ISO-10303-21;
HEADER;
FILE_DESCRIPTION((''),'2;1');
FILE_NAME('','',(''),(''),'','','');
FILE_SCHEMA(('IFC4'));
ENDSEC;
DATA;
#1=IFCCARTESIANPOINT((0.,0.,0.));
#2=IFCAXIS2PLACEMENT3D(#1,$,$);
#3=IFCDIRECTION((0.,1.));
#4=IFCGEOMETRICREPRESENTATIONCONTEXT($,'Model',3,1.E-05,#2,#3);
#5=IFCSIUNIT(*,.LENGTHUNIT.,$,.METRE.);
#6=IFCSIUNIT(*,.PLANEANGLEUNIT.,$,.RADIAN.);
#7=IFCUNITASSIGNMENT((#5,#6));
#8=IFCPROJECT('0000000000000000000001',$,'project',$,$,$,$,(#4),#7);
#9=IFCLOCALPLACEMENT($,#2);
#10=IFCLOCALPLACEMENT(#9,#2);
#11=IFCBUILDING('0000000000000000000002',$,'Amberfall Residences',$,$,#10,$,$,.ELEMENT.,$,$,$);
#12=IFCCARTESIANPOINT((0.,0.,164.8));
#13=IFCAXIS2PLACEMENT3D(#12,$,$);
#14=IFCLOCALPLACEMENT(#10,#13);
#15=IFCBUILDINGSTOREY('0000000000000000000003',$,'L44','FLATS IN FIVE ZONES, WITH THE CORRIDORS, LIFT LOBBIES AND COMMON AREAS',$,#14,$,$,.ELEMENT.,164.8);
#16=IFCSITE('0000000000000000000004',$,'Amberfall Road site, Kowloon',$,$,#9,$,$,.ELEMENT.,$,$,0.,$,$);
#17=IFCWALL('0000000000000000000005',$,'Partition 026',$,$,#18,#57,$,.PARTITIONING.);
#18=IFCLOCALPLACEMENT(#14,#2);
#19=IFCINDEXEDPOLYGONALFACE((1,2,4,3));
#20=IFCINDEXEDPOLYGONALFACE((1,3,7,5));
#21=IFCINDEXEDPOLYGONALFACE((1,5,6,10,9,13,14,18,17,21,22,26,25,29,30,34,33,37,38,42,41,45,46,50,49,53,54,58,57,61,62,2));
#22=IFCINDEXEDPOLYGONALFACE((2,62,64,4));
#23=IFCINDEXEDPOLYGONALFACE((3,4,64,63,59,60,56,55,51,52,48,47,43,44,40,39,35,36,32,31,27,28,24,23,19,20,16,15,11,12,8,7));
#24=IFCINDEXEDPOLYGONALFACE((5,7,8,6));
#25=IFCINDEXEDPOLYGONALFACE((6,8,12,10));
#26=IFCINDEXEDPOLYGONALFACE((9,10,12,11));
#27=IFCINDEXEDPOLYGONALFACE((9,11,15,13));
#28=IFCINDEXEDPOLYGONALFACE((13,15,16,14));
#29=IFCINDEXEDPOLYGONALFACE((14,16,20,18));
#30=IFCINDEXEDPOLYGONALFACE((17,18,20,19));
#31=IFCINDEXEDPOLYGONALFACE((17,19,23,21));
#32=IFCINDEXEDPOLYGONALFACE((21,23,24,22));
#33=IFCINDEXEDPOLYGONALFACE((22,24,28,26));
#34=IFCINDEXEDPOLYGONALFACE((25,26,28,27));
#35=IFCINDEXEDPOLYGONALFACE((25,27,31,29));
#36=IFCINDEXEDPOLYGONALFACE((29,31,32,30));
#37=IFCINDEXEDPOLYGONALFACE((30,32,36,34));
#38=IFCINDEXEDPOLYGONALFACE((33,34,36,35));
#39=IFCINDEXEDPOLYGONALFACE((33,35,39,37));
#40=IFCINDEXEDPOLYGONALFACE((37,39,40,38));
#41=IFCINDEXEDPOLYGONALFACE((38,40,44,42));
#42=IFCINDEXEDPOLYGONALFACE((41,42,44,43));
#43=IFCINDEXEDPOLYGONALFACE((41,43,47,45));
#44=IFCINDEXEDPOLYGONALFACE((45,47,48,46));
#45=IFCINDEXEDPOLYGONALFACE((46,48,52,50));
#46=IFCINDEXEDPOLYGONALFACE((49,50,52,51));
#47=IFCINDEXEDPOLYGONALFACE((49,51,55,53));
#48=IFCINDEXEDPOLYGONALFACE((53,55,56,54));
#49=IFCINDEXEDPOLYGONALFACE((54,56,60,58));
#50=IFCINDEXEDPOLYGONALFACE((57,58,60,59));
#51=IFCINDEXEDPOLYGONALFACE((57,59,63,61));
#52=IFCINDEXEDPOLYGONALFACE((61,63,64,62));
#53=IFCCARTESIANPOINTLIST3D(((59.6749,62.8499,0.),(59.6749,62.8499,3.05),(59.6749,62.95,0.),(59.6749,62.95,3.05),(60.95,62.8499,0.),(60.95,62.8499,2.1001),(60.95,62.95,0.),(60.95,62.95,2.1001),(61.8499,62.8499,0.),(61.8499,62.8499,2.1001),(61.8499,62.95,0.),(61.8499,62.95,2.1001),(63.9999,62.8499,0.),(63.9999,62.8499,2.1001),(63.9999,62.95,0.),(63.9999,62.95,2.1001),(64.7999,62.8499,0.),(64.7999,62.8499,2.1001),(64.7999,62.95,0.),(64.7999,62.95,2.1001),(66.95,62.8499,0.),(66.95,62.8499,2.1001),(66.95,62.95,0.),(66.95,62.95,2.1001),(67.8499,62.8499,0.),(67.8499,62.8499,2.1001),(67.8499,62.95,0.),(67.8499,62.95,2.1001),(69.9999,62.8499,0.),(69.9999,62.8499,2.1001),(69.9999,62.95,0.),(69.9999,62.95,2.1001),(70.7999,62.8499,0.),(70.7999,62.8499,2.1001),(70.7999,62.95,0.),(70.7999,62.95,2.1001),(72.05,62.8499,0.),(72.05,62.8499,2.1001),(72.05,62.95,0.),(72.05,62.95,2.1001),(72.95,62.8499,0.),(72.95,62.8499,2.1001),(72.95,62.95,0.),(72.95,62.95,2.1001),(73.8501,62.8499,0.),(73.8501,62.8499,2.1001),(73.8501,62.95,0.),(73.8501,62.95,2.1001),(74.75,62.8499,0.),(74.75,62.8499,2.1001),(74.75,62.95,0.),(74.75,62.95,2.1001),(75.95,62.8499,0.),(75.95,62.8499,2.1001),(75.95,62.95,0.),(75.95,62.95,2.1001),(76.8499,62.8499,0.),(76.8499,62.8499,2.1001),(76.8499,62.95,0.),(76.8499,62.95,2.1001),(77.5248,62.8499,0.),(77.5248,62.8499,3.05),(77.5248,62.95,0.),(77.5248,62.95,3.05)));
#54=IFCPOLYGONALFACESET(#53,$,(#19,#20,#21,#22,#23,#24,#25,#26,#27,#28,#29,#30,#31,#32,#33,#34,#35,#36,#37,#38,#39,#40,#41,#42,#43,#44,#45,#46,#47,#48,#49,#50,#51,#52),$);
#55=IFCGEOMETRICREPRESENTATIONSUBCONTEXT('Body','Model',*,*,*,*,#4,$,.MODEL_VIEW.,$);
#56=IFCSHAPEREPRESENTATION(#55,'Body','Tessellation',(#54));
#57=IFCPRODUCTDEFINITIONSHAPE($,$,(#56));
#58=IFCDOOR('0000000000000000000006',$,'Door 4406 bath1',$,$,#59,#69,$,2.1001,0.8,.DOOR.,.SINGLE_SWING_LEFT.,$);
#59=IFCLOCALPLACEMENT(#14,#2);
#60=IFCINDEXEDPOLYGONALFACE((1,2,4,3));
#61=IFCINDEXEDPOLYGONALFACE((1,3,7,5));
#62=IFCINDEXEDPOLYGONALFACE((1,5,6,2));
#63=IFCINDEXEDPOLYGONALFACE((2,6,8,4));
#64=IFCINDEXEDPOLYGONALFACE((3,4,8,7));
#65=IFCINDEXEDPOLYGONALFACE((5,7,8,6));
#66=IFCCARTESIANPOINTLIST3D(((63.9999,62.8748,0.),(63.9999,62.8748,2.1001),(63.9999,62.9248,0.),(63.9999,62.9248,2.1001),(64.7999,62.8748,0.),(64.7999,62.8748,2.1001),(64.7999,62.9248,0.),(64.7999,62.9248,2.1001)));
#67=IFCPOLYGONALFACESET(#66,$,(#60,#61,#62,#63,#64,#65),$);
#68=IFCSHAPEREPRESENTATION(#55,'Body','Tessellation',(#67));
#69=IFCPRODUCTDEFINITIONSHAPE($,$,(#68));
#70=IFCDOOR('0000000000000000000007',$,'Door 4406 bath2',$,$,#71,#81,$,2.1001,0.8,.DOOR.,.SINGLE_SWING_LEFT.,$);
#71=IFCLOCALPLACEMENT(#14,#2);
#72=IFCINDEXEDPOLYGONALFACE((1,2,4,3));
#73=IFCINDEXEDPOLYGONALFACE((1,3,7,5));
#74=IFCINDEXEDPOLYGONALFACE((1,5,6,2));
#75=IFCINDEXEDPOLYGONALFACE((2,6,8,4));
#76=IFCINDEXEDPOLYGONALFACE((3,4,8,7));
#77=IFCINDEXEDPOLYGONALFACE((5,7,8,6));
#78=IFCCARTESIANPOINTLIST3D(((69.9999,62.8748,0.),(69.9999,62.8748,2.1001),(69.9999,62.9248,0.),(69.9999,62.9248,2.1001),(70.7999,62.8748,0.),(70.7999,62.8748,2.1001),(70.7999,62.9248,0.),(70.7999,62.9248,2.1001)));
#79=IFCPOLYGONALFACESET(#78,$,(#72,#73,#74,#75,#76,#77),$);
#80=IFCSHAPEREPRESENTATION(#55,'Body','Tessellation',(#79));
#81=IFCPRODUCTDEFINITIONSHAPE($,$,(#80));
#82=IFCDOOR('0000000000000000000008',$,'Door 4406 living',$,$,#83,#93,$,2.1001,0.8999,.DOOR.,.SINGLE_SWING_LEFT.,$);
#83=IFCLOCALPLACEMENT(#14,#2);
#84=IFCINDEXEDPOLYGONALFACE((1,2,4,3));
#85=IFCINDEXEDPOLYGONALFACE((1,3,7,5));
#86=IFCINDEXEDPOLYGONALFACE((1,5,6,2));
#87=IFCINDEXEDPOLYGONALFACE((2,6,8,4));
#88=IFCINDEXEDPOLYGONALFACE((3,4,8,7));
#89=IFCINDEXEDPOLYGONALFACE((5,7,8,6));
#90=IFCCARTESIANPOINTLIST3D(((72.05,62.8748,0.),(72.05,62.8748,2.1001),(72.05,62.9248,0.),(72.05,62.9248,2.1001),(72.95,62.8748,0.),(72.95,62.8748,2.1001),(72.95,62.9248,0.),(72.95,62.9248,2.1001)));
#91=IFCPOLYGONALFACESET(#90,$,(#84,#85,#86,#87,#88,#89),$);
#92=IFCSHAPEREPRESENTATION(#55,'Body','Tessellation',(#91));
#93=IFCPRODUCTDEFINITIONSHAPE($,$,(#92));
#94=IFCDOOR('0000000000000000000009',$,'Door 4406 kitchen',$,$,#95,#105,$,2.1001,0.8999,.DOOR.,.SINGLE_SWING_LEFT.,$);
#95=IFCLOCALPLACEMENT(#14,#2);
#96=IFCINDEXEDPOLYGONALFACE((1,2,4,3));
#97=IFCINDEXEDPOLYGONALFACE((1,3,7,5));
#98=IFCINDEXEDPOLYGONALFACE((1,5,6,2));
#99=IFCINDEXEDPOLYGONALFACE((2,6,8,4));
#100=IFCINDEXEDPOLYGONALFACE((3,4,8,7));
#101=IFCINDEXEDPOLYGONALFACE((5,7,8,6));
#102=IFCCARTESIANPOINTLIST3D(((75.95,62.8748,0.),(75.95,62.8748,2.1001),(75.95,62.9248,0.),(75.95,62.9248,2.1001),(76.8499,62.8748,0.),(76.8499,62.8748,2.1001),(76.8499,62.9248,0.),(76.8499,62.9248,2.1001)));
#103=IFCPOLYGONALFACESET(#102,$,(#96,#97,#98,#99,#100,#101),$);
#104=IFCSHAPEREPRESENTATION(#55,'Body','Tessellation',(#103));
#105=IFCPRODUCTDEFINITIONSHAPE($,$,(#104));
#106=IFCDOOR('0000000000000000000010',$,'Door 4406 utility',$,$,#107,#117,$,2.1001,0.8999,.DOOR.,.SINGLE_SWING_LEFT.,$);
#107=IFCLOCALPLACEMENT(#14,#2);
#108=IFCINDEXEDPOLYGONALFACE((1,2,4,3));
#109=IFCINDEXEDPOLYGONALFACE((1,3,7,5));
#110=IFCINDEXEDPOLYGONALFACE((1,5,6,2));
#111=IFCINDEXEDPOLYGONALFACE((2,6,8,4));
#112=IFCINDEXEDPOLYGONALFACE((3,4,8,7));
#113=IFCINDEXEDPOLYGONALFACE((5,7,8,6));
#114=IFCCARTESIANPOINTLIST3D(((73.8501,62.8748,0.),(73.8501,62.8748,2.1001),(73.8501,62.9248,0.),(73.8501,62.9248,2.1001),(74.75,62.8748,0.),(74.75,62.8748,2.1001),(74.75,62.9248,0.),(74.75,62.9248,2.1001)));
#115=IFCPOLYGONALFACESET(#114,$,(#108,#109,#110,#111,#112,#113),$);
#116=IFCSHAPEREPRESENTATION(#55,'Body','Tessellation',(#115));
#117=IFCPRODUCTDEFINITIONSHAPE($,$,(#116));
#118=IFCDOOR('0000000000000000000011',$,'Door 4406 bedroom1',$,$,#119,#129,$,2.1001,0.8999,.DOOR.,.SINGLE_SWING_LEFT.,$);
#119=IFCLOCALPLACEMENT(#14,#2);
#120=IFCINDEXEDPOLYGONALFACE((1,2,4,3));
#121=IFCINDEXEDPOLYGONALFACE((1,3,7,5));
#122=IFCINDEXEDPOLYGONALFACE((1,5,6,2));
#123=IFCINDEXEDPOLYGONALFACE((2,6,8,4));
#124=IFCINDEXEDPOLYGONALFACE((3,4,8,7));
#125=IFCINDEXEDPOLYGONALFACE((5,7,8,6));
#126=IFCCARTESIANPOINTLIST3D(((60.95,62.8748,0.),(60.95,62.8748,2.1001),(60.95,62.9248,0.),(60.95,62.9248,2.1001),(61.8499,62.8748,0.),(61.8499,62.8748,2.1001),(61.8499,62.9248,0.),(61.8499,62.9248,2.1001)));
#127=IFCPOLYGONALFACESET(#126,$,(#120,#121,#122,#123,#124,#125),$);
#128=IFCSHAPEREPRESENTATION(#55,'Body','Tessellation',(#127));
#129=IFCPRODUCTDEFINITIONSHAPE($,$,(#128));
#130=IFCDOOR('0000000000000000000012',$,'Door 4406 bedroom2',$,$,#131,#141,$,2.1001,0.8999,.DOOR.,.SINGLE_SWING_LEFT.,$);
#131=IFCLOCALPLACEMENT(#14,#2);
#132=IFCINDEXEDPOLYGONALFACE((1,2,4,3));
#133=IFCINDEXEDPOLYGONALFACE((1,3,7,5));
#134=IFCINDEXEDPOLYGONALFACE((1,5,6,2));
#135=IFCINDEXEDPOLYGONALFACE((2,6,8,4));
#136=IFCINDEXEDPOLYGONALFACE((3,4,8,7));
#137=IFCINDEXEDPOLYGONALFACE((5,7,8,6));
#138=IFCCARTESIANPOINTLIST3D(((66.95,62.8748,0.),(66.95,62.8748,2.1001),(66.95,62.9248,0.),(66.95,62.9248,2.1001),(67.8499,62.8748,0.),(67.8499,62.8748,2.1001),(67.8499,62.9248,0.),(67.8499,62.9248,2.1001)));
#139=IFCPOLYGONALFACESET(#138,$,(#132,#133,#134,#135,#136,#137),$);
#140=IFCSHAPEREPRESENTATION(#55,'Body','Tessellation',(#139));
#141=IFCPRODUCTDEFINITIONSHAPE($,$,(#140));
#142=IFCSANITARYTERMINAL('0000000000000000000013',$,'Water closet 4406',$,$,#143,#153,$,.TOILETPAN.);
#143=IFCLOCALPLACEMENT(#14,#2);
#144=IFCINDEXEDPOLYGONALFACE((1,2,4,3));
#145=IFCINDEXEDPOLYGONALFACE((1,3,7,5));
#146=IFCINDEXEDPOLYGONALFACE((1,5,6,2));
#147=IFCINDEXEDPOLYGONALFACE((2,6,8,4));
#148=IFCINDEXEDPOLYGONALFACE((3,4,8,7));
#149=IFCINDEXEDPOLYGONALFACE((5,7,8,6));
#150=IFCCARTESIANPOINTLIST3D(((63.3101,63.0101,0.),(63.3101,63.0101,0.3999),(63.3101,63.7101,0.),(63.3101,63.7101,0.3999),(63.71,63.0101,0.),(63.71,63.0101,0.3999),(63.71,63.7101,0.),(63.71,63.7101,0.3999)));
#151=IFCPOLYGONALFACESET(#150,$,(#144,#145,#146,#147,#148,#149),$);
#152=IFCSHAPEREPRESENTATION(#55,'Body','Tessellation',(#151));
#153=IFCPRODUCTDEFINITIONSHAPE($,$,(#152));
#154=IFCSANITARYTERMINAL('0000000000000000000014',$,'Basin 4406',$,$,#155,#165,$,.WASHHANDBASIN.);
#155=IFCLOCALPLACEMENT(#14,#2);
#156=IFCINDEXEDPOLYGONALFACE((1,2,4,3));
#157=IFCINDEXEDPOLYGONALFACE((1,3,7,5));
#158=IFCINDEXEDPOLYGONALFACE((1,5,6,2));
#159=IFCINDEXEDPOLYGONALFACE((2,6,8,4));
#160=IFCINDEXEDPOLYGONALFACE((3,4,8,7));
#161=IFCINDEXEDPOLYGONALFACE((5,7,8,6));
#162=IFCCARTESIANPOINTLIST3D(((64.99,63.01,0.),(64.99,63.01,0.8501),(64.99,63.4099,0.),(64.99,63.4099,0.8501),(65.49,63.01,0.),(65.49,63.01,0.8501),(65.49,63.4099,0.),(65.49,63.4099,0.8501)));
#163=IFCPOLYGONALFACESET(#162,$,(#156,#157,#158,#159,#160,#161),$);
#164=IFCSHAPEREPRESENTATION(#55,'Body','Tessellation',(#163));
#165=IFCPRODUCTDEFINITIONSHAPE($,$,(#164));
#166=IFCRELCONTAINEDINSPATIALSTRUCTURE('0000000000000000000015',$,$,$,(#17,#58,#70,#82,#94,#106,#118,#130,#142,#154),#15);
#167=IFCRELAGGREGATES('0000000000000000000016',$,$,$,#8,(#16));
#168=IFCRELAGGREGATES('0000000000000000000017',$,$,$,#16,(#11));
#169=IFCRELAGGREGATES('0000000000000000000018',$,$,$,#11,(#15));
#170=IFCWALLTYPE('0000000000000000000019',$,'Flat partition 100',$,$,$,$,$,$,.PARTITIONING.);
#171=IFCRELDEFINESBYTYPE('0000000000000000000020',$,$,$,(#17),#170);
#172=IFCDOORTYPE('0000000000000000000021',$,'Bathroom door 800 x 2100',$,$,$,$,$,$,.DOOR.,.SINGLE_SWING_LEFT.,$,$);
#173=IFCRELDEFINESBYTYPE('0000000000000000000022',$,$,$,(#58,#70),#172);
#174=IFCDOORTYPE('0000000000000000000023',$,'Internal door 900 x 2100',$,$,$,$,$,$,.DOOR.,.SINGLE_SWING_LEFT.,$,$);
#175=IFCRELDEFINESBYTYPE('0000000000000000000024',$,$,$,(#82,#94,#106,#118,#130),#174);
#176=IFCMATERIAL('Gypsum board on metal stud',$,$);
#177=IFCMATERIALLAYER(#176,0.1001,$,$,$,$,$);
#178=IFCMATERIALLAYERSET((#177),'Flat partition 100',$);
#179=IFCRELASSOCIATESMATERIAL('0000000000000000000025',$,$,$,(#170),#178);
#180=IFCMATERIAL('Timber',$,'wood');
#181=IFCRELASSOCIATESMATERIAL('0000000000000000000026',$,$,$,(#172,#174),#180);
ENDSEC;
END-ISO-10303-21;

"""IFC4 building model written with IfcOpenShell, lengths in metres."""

from ifc_helpers import new_model, si_unit, direction, frame, frame_2d, origin, origin_2d, place, context, subcontext, project, spatial, rectangle, extrude, material, layer, layer_set, type_object, element, fill, save


model = new_model("IFC4")

# Units and contexts
model_context = context("Model", 3, precision=1e-05, world=origin(), true_north=direction((0.0, 1.0)))
body_context = subcontext(model_context, "Body", "Model", "MODEL_VIEW")
ifc_project = project(units=[si_unit("LENGTHUNIT", "METRE"), si_unit("PLANEANGLEUNIT", "RADIAN")], contexts=[model_context])

# Site, building, storey
site_placement = place(None, origin())
site = spatial("IfcSite", under=ifc_project, at=site_placement, Name="Amberfall Road site, Kowloon", CompositionType="ELEMENT", RefElevation=0.0)
building_placement = place(site_placement, origin())
building = spatial("IfcBuilding", under=site, at=building_placement, Name="Amberfall Residences", CompositionType="ELEMENT")
storey_placement = place(building_placement, frame((0.0, 0.0, 164.8)))
storey = spatial("IfcBuildingStorey", under=building, at=storey_placement, Name="L44", Description="FLATS IN FIVE ZONES, WITH THE CORRIDORS, LIFT LOBBIES AND COMMON AREAS", CompositionType="ELEMENT", Elevation=164.8)

# Shared definitions
ifc_material_1 = material(Name="Gypsum board on metal stud")
ifc_layer_1 = layer(ifc_material_1, 0.1001)
ifc_layer_set_1 = layer_set([ifc_layer_1], Name="Flat partition 100")
wall_type = type_object("IfcWallType", Name="Flat partition 100", PredefinedType="PARTITIONING", material=ifc_layer_set_1)

# Wall, openings, doors
wall_1_placement = place(storey_placement, frame((59.675, 62.8999, 0.0), z_axis=(0.0, 0.0, 1.0), x_axis=(1.0, 0.0, 0.0)))
wall_1 = element("IfcWall", 1, at=wall_1_placement, inside=storey, type_object=wall_type, Name="Partition 026", PredefinedType="PARTITIONING", context=body_context, shape_type="SweptSolid", body=[
    extrude(rectangle(XDim=17.8499, YDim=0.1001, at=frame_2d((8.9248, 0.0))), origin(), (0.0, 0.0, 1.0), 3.05),
])
opening_1_placement = place(wall_1_placement, frame((12.375, 0.0, 0.0)))
opening_1 = element("IfcOpeningElement", 2, at=opening_1_placement, cuts=wall_1, PredefinedType="OPENING", context=body_context, shape_type="SweptSolid", body=[
    extrude(rectangle(XDim=0.8999, YDim=2.1001, at=frame_2d((0.45, 1.05))), frame((0.0, 0.0601, 0.0), z_axis=(0.0, -1.0, 0.0), x_axis=(1.0, 0.0, 0.0)), (0.0, 0.0, 1.0), 0.1201),
])
opening_2_placement = place(wall_1_placement, frame((16.2749, 0.0, 0.0)))
opening_2 = element("IfcOpeningElement", 3, at=opening_2_placement, cuts=wall_1, PredefinedType="OPENING", context=body_context, shape_type="SweptSolid", body=[
    extrude(rectangle(XDim=0.8999, YDim=2.1001, at=frame_2d((0.45, 1.05))), frame((0.0, 0.0601, 0.0), z_axis=(0.0, -1.0, 0.0), x_axis=(1.0, 0.0, 0.0)), (0.0, 0.0, 1.0), 0.1201),
])
opening_3_placement = place(wall_1_placement, frame((14.175, 0.0, 0.0)))
opening_3 = element("IfcOpeningElement", 4, at=opening_3_placement, cuts=wall_1, PredefinedType="OPENING", context=body_context, shape_type="SweptSolid", body=[
    extrude(rectangle(XDim=0.8999, YDim=2.1001, at=frame_2d((0.45, 1.05))), frame((0.0, 0.0601, 0.0), z_axis=(0.0, -1.0, 0.0), x_axis=(1.0, 0.0, 0.0)), (0.0, 0.0, 1.0), 0.1201),
])
opening_4_placement = place(wall_1_placement, frame((1.2749, 0.0, 0.0)))
opening_4 = element("IfcOpeningElement", 5, at=opening_4_placement, cuts=wall_1, PredefinedType="OPENING", context=body_context, shape_type="SweptSolid", body=[
    extrude(rectangle(XDim=0.8999, YDim=2.1001, at=frame_2d((0.45, 1.05))), frame((0.0, 0.0601, 0.0), z_axis=(0.0, -1.0, 0.0), x_axis=(1.0, 0.0, 0.0)), (0.0, 0.0, 1.0), 0.1201),
])
opening_5_placement = place(wall_1_placement, frame((7.2749, 0.0, 0.0)))
opening_5 = element("IfcOpeningElement", 6, at=opening_5_placement, cuts=wall_1, PredefinedType="OPENING", context=body_context, shape_type="SweptSolid", body=[
    extrude(rectangle(XDim=0.8999, YDim=2.1001, at=frame_2d((0.45, 1.05))), frame((0.0, 0.0601, 0.0), z_axis=(0.0, -1.0, 0.0), x_axis=(1.0, 0.0, 0.0)), (0.0, 0.0, 1.0), 0.1201),
])
opening_6_placement = place(wall_1_placement, frame((4.325, 0.0, 0.0)))
opening_6 = element("IfcOpeningElement", 7, at=opening_6_placement, cuts=wall_1, PredefinedType="OPENING", context=body_context, shape_type="SweptSolid", body=[
    extrude(rectangle(XDim=0.8, YDim=2.1001, at=frame_2d((0.3999, 1.05))), frame((0.0, 0.0601, 0.0), z_axis=(0.0, -1.0, 0.0), x_axis=(1.0, 0.0, 0.0)), (0.0, 0.0, 1.0), 0.1201),
])
opening_7_placement = place(wall_1_placement, frame((10.325, 0.0, 0.0)))
opening_7 = element("IfcOpeningElement", 8, at=opening_7_placement, cuts=wall_1, PredefinedType="OPENING", context=body_context, shape_type="SweptSolid", body=[
    extrude(rectangle(XDim=0.8, YDim=2.1001, at=frame_2d((0.3999, 1.05))), frame((0.0, 0.0601, 0.0), z_axis=(0.0, -1.0, 0.0), x_axis=(1.0, 0.0, 0.0)), (0.0, 0.0, 1.0), 0.1201),
])
ifc_material_2 = material(Name="Timber", Category="wood")
door_type_1 = type_object("IfcDoorType", Name="Bathroom door 800 x 2100", OperationType="SINGLE_SWING_LEFT", PredefinedType="DOOR", material=ifc_material_2)
door_1_placement = place(opening_6_placement, origin())
door_1 = element("IfcDoor", 9, at=door_1_placement, inside=storey, type_object=door_type_1, Name="Door 4406 bath1", OperationType="SINGLE_SWING_LEFT", OverallHeight=2.1001, OverallWidth=0.8, PredefinedType="DOOR", context=body_context, shape_type="SweptSolid", body=[
    extrude(rectangle(XDim=0.8, YDim=2.1001, at=frame_2d((0.3999, 1.05))), frame((0.0, 0.0249, 0.0), z_axis=(0.0, -1.0, 0.0), x_axis=(1.0, 0.0, 0.0)), (0.0, 0.0, 1.0), 0.05),
])
fill(opening_6, door_1)
door_2_placement = place(opening_7_placement, origin())
door_2 = element("IfcDoor", 10, at=door_2_placement, inside=storey, type_object=door_type_1, Name="Door 4406 bath2", OperationType="SINGLE_SWING_LEFT", OverallHeight=2.1001, OverallWidth=0.8, PredefinedType="DOOR", context=body_context, shape_type="SweptSolid", body=[
    extrude(rectangle(XDim=0.8, YDim=2.1001, at=frame_2d((0.3999, 1.05))), frame((0.0, 0.0249, 0.0), z_axis=(0.0, -1.0, 0.0), x_axis=(1.0, 0.0, 0.0)), (0.0, 0.0, 1.0), 0.05),
])
fill(opening_7, door_2)
door_type_2 = type_object("IfcDoorType", Name="Internal door 900 x 2100", OperationType="SINGLE_SWING_LEFT", PredefinedType="DOOR", material=ifc_material_2)
door_3_placement = place(opening_1_placement, origin())
door_3 = element("IfcDoor", 11, at=door_3_placement, inside=storey, type_object=door_type_2, Name="Door 4406 living", OperationType="SINGLE_SWING_LEFT", OverallHeight=2.1001, OverallWidth=0.8999, PredefinedType="DOOR", context=body_context, shape_type="SweptSolid", body=[
    extrude(rectangle(XDim=0.8999, YDim=2.1001, at=frame_2d((0.45, 1.05))), frame((0.0, 0.0249, 0.0), z_axis=(0.0, -1.0, 0.0), x_axis=(1.0, 0.0, 0.0)), (0.0, 0.0, 1.0), 0.05),
])
fill(opening_1, door_3)
door_4_placement = place(opening_2_placement, origin())
door_4 = element("IfcDoor", 12, at=door_4_placement, inside=storey, type_object=door_type_2, Name="Door 4406 kitchen", OperationType="SINGLE_SWING_LEFT", OverallHeight=2.1001, OverallWidth=0.8999, PredefinedType="DOOR", context=body_context, shape_type="SweptSolid", body=[
    extrude(rectangle(XDim=0.8999, YDim=2.1001, at=frame_2d((0.45, 1.05))), frame((0.0, 0.0249, 0.0), z_axis=(0.0, -1.0, 0.0), x_axis=(1.0, 0.0, 0.0)), (0.0, 0.0, 1.0), 0.05),
])
fill(opening_2, door_4)
door_5_placement = place(opening_3_placement, origin())
door_5 = element("IfcDoor", 13, at=door_5_placement, inside=storey, type_object=door_type_2, Name="Door 4406 utility", OperationType="SINGLE_SWING_LEFT", OverallHeight=2.1001, OverallWidth=0.8999, PredefinedType="DOOR", context=body_context, shape_type="SweptSolid", body=[
    extrude(rectangle(XDim=0.8999, YDim=2.1001, at=frame_2d((0.45, 1.05))), frame((0.0, 0.0249, 0.0), z_axis=(0.0, -1.0, 0.0), x_axis=(1.0, 0.0, 0.0)), (0.0, 0.0, 1.0), 0.05),
])
fill(opening_3, door_5)
door_6_placement = place(opening_4_placement, origin())
door_6 = element("IfcDoor", 14, at=door_6_placement, inside=storey, type_object=door_type_2, Name="Door 4406 bedroom1", OperationType="SINGLE_SWING_LEFT", OverallHeight=2.1001, OverallWidth=0.8999, PredefinedType="DOOR", context=body_context, shape_type="SweptSolid", body=[
    extrude(rectangle(XDim=0.8999, YDim=2.1001, at=frame_2d((0.45, 1.05))), frame((0.0, 0.0249, 0.0), z_axis=(0.0, -1.0, 0.0), x_axis=(1.0, 0.0, 0.0)), (0.0, 0.0, 1.0), 0.05),
])
fill(opening_4, door_6)
door_7_placement = place(opening_5_placement, origin())
door_7 = element("IfcDoor", 15, at=door_7_placement, inside=storey, type_object=door_type_2, Name="Door 4406 bedroom2", OperationType="SINGLE_SWING_LEFT", OverallHeight=2.1001, OverallWidth=0.8999, PredefinedType="DOOR", context=body_context, shape_type="SweptSolid", body=[
    extrude(rectangle(XDim=0.8999, YDim=2.1001, at=frame_2d((0.45, 1.05))), frame((0.0, 0.0249, 0.0), z_axis=(0.0, -1.0, 0.0), x_axis=(1.0, 0.0, 0.0)), (0.0, 0.0, 1.0), 0.05),
])
fill(opening_5, door_7)

# Sanitary terminals
sanitary_terminal_1_placement = place(storey_placement, frame((63.51, 63.3601, 0.0), z_axis=(0.0, 0.0, 1.0), x_axis=(1.0, 0.0, 0.0)))
element("IfcSanitaryTerminal", 16, at=sanitary_terminal_1_placement, inside=storey, Name="Water closet 4406", PredefinedType="TOILETPAN", context=body_context, shape_type="SweptSolid", body=[
    extrude(rectangle(XDim=0.3999, YDim=0.7, at=origin_2d()), origin(), (0.0, 0.0, 1.0), 0.3999),
])
sanitary_terminal_2_placement = place(storey_placement, frame((65.24, 63.21, 0.0), z_axis=(0.0, 0.0, 1.0), x_axis=(1.0, 0.0, 0.0)))
element("IfcSanitaryTerminal", 17, at=sanitary_terminal_2_placement, inside=storey, Name="Basin 4406", PredefinedType="WASHHANDBASIN", context=body_context, shape_type="SweptSolid", body=[
    extrude(rectangle(XDim=0.5, YDim=0.3999, at=origin_2d()), origin(), (0.0, 0.0, 1.0), 0.8501),
])

save(model, "model.ifc")
